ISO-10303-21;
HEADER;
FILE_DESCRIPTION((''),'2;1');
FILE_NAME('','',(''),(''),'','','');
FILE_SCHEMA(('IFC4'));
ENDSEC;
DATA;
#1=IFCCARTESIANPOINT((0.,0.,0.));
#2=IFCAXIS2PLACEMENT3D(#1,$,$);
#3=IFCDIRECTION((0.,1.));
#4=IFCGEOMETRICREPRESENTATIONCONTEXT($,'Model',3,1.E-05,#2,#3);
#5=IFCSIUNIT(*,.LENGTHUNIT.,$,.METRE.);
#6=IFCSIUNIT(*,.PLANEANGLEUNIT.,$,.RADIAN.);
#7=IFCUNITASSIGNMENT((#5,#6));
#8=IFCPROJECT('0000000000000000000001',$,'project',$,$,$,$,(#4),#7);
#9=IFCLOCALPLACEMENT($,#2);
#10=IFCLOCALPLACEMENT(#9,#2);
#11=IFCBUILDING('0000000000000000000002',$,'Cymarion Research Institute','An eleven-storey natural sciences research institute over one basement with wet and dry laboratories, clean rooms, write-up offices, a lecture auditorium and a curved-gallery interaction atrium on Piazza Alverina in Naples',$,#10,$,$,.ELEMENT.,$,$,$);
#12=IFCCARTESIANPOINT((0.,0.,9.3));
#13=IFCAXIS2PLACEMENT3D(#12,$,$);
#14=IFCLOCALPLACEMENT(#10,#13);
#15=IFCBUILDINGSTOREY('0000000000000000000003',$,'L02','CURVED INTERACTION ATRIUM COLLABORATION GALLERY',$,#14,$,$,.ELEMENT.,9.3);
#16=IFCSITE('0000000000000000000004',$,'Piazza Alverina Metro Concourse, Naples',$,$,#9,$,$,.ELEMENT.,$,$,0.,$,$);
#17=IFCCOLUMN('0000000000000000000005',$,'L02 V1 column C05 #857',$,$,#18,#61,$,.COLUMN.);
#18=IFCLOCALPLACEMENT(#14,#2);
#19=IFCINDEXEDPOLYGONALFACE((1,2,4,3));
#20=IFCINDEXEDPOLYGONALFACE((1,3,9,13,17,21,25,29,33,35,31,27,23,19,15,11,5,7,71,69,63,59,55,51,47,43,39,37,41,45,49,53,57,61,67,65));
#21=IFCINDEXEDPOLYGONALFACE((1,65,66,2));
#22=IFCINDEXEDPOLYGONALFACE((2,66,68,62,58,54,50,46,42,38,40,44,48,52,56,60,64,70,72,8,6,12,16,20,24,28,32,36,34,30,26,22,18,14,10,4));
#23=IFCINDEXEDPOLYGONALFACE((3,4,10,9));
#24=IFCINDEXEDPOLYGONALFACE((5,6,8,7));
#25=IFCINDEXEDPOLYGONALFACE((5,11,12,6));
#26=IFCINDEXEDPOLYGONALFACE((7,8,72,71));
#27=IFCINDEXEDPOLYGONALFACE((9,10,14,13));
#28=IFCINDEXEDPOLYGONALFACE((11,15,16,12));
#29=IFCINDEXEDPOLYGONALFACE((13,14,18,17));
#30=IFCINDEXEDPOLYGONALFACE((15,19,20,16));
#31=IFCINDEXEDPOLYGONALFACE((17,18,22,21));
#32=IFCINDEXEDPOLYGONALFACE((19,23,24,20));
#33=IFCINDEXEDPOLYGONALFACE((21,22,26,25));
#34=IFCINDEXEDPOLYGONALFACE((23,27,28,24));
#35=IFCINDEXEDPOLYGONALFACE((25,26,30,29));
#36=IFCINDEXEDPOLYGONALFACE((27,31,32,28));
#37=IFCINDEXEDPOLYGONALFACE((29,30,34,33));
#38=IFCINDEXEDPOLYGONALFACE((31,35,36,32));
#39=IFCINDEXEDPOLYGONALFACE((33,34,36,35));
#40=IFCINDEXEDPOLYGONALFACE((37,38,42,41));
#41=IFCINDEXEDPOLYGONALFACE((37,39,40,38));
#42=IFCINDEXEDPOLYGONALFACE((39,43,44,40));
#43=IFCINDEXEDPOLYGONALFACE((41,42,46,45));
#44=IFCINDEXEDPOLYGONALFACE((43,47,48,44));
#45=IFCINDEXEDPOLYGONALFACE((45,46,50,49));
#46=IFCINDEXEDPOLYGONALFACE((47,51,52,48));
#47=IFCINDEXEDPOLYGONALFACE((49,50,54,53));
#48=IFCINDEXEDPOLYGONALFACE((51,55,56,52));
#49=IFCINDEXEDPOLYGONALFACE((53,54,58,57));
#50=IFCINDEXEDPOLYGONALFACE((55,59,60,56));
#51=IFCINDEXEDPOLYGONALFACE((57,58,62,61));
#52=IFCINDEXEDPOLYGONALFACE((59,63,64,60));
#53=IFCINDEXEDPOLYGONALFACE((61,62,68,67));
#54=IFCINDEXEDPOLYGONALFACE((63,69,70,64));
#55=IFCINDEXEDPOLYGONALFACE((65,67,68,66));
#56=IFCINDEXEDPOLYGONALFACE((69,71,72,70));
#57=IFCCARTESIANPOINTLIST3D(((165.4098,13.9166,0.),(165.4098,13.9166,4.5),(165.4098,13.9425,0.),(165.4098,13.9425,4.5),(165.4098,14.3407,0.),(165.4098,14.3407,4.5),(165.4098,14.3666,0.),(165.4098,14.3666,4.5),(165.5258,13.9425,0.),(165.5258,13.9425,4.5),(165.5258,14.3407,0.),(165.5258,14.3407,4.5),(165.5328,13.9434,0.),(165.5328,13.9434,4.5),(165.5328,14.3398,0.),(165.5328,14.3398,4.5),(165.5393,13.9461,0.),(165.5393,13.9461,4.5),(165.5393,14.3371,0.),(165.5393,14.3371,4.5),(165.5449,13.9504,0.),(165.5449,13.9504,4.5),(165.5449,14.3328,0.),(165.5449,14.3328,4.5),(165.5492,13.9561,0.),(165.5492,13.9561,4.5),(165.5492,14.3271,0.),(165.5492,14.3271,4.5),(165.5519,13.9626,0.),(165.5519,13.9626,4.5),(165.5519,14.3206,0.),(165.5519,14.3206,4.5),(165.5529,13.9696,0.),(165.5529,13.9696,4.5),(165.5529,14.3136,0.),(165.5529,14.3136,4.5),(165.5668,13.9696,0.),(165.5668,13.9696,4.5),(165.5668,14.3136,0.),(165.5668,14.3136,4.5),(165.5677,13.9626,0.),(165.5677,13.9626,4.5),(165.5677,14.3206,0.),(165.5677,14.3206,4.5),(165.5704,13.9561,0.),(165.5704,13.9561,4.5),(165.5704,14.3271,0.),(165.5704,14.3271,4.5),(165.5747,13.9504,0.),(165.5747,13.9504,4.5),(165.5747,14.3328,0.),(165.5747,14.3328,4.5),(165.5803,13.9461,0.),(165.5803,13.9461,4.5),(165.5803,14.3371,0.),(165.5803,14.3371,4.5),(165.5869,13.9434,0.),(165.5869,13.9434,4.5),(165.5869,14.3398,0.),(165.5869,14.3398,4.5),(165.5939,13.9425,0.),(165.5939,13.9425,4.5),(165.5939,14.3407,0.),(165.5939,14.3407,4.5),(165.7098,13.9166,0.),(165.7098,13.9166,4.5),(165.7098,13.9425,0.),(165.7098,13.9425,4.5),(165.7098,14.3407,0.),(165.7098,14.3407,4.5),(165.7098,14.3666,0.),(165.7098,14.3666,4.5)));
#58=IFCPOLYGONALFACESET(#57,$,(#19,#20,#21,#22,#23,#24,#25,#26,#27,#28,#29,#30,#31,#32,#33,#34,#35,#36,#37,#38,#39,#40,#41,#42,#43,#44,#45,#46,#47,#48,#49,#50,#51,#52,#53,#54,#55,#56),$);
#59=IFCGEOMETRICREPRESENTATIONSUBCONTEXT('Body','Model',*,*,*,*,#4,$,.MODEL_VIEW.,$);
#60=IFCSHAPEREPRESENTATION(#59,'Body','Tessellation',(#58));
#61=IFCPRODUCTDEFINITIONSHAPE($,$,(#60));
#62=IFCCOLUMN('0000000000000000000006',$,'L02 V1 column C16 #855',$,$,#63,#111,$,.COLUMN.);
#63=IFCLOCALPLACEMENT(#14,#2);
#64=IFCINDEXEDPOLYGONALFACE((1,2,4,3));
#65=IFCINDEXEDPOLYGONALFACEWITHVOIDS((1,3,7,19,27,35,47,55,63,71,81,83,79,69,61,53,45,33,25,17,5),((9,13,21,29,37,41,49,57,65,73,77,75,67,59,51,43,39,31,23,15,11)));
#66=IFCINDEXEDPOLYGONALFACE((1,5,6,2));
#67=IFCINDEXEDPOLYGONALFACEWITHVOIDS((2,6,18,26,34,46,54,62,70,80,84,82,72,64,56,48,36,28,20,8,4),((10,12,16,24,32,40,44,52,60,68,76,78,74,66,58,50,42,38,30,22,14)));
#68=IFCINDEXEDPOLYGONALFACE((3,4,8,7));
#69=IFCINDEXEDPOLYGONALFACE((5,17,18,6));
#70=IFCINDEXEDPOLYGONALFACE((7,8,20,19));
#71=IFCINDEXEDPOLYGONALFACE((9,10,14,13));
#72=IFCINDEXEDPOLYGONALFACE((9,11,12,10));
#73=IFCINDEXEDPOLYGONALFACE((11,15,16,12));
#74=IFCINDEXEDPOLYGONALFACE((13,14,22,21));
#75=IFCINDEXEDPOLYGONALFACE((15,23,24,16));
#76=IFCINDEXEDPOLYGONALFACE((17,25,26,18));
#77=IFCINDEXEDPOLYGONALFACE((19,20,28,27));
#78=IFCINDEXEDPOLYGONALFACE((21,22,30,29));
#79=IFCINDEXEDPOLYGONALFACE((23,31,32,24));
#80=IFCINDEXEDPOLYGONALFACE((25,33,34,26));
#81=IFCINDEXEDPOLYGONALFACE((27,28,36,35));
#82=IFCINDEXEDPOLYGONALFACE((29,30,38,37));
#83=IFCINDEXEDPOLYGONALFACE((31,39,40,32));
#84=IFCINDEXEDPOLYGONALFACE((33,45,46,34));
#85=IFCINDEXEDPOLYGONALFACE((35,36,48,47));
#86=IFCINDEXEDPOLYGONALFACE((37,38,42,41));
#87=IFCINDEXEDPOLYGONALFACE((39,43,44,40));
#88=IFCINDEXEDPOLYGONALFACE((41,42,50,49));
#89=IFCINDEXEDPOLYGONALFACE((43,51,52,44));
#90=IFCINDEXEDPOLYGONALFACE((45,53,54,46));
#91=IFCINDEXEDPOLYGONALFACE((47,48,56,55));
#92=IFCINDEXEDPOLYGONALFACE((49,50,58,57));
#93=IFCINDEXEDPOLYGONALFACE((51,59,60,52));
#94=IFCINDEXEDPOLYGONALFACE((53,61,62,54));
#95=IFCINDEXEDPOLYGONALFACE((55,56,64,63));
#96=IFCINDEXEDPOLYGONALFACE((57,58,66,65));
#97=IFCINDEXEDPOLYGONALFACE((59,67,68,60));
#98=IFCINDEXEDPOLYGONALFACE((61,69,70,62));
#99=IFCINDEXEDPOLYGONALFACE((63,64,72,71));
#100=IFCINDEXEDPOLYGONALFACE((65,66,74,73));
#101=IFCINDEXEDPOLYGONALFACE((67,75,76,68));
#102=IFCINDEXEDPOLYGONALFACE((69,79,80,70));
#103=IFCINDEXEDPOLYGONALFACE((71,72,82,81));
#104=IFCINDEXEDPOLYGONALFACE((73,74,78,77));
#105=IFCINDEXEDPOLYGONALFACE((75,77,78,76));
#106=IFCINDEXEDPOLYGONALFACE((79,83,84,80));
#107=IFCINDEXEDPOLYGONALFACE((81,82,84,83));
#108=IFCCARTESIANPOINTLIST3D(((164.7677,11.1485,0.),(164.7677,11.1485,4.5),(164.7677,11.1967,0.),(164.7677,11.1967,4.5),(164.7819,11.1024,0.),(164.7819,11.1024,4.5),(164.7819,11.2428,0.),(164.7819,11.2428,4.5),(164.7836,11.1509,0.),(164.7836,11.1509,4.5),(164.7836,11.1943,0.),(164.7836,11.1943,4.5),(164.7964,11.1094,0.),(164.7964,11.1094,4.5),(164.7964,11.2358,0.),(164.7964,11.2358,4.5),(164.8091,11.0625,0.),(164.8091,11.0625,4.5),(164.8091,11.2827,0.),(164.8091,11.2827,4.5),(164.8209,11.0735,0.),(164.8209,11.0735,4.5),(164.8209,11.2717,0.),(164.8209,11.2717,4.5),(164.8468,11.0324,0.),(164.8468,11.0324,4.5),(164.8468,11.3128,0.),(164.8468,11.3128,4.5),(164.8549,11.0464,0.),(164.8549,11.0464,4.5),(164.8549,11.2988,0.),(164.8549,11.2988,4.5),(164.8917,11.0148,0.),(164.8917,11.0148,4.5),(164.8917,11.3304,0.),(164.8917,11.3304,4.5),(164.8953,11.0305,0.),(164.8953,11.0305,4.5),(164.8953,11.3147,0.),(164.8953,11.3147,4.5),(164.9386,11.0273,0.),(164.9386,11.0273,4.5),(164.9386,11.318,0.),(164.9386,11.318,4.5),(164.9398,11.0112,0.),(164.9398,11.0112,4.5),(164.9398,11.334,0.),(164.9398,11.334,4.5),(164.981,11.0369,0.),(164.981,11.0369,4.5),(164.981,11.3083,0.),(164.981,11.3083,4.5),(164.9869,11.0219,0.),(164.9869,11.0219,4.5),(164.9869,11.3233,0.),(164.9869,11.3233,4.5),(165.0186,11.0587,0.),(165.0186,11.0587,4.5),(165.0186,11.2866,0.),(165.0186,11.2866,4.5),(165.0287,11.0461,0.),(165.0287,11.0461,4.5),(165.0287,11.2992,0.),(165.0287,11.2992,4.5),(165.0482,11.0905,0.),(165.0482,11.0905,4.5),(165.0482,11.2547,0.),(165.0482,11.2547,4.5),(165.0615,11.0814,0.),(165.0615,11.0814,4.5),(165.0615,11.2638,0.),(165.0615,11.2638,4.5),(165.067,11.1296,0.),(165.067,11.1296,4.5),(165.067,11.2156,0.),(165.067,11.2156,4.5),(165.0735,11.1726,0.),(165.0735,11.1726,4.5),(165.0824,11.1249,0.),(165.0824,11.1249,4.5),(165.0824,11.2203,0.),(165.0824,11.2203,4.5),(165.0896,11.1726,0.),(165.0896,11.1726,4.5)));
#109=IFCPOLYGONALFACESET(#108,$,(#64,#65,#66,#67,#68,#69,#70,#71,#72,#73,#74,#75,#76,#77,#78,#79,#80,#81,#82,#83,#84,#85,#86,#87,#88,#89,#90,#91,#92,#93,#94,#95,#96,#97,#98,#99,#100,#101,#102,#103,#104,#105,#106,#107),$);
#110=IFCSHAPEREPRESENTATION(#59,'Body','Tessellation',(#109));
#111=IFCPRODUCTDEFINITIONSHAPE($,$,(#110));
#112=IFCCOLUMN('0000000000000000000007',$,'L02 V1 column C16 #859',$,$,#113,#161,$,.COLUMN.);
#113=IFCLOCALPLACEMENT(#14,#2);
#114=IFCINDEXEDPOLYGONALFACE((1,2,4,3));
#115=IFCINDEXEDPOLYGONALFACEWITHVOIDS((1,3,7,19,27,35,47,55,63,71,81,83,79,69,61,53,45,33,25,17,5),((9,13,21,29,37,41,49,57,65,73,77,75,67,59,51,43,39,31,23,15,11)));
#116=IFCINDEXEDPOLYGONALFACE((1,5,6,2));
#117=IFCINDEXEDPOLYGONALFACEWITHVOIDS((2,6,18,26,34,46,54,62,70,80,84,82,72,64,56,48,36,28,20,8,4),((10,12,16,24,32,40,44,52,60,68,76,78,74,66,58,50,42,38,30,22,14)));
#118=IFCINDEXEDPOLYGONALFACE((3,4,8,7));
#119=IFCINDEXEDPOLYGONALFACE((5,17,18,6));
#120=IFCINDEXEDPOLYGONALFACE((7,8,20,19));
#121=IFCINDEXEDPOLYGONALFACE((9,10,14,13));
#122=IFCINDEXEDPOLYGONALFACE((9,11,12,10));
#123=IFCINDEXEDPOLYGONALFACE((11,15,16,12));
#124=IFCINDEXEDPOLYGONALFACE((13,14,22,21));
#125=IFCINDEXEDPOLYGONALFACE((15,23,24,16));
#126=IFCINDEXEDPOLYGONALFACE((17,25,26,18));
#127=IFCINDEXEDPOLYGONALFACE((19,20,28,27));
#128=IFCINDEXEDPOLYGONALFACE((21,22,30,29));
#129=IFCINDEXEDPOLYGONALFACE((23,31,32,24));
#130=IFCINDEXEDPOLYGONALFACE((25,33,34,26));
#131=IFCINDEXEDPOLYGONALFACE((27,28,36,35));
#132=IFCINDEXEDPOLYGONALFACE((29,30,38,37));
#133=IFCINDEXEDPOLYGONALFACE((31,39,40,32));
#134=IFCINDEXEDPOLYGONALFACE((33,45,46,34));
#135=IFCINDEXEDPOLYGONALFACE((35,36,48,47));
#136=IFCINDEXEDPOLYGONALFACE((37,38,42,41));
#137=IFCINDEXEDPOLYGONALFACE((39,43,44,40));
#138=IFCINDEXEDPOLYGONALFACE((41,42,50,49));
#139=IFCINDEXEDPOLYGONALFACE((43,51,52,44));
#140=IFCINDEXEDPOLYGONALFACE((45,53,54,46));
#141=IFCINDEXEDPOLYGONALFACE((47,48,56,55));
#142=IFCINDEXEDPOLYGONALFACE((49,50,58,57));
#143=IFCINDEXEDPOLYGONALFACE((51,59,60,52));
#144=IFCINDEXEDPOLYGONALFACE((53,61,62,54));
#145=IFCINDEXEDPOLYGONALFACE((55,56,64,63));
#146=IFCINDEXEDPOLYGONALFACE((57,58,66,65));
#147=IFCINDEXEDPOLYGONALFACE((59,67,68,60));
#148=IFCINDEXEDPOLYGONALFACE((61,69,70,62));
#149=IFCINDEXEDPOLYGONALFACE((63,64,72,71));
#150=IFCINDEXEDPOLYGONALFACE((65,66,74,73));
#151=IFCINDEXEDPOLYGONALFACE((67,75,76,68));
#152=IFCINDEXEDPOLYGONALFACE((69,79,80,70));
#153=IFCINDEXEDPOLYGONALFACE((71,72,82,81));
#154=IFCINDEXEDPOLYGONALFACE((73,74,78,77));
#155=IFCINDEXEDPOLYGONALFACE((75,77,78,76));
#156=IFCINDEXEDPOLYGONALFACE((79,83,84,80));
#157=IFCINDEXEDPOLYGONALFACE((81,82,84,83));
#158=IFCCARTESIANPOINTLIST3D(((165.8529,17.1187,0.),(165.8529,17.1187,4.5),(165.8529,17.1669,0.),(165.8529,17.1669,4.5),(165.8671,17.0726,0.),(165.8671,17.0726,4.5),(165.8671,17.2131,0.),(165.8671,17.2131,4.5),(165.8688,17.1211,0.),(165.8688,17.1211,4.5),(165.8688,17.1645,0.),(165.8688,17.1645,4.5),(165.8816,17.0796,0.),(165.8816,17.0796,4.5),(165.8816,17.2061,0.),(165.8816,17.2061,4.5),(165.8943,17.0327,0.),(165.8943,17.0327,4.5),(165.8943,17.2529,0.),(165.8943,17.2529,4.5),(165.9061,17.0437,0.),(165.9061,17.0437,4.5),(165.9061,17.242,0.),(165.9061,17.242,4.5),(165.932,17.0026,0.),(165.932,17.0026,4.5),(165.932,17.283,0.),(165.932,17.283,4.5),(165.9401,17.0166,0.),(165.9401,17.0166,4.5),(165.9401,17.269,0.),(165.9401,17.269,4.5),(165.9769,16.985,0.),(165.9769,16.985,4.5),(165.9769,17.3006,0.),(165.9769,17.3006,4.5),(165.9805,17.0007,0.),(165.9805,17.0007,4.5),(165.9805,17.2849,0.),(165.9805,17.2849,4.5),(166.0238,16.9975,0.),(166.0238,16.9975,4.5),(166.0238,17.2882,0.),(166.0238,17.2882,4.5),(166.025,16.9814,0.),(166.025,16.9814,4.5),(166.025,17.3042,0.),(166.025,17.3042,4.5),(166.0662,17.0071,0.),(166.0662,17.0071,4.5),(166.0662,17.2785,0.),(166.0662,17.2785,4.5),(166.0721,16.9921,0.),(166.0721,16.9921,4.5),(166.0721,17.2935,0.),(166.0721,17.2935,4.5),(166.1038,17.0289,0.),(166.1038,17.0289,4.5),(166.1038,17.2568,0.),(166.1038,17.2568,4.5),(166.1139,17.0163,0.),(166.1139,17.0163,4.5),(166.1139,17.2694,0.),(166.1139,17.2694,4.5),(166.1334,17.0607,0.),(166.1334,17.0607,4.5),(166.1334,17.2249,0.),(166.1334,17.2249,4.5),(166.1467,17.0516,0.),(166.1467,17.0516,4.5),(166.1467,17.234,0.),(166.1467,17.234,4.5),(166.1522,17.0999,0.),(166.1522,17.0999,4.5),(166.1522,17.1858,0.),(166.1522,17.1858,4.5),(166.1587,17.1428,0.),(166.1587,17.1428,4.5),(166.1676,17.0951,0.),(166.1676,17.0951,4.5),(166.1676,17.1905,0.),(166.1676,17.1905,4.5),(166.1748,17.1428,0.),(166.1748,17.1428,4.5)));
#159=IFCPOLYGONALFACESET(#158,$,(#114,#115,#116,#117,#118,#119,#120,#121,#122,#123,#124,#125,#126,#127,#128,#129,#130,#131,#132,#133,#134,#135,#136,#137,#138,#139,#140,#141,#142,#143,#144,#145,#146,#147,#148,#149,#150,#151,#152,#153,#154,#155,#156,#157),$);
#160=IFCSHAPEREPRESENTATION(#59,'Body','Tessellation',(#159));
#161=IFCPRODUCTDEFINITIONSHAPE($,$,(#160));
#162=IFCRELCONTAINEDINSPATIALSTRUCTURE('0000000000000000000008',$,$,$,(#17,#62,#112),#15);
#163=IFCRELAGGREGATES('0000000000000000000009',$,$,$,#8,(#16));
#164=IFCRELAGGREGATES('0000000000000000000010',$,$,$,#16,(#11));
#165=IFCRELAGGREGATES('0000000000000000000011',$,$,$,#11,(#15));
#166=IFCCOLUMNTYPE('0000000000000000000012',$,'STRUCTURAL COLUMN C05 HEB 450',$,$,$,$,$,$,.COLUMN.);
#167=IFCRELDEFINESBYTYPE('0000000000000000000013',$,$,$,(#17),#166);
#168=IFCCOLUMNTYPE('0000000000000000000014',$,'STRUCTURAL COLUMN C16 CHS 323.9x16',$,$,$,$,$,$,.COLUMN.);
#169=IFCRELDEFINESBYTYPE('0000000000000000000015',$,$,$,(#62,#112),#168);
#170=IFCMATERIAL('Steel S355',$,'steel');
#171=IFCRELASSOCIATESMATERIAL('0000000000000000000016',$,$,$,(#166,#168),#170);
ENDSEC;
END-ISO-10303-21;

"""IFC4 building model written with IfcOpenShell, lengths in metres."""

from ifc_helpers import new_model, si_unit, direction, frame, origin, origin_2d, place, context, subcontext, project, spatial, hollow_circle, i_section, extrude, material, material_profile, profile_set, type_object, element, save


model = new_model("IFC4")

# Units and contexts
model_context = context("Model", 3, precision=1e-05, world=origin(), true_north=direction((0.0, 1.0)))
body_context = subcontext(model_context, "Body", "Model", "MODEL_VIEW")
ifc_project = project(units=[si_unit("LENGTHUNIT", "METRE"), si_unit("PLANEANGLEUNIT", "RADIAN")], contexts=[model_context])

# Site, building, storey
site_placement = place(None, origin())
site = spatial("IfcSite", under=ifc_project, at=site_placement, Name="Piazza Alverina Metro Concourse, Naples", CompositionType="ELEMENT", RefElevation=0.0)
building_placement = place(site_placement, origin())
building = spatial("IfcBuilding", under=site, at=building_placement, Name="Cymarion Research Institute", Description="An eleven-storey natural sciences research institute over one basement with wet and dry laboratories, clean rooms, write-up offices, a lecture auditorium and a curved-gallery interaction atrium on Piazza Alverina in Naples", CompositionType="ELEMENT")
storey_placement = place(building_placement, frame((0.0, 0.0, 9.3)))
storey = spatial("IfcBuildingStorey", under=building, at=storey_placement, Name="L02", Description="CURVED INTERACTION ATRIUM COLLABORATION GALLERY", CompositionType="ELEMENT", Elevation=9.3)

# Columns
ifc_material_1 = material(Name="Steel S355", Category="steel")
ifc_material_profile_1 = material_profile(ifc_material_1, i_section(OverallWidth=0.3, OverallDepth=0.45, WebThickness=0.0139, FlangeThickness=0.0259, FilletRadius=0.0271, at=origin_2d()), Name="HEB 450")
ifc_profile_set_1 = profile_set([ifc_material_profile_1], Name="Steel S355")
column_type_1 = type_object("IfcColumnType", Name="STRUCTURAL COLUMN C05 HEB 450", PredefinedType="COLUMN", material=ifc_profile_set_1)
column_placement = place(storey_placement, frame((165.5598, 14.1416, 0.0), z_axis=(0.0, 0.0, 1.0), x_axis=(1.0, 0.0, 0.0)))
element("IfcColumn", 1, at=column_placement, inside=storey, type_object=column_type_1, Name="L02 V1 column C05 #857", PredefinedType="COLUMN", context=body_context, shape_type="SweptSolid", body=[
    extrude(i_section(OverallWidth=0.3, OverallDepth=0.45, WebThickness=0.0139, FlangeThickness=0.0259, FilletRadius=0.0271, at=origin_2d()), origin(), (0.0, 0.0, 1.0), 4.5),
])
ifc_material_profile_2 = material_profile(ifc_material_1, hollow_circle(Radius=0.1619, WallThickness=0.0161, at=origin_2d()), Name="CHS 323.9x16")
ifc_profile_set_2 = profile_set([ifc_material_profile_2], Name="Steel S355")
column_type_2 = type_object("IfcColumnType", Name="STRUCTURAL COLUMN C16 CHS 323.9x16", PredefinedType="COLUMN", material=ifc_profile_set_2)
for number, where, z_axis, x_axis, name in (
    (2, (164.9277, 11.1726, 0.0), (0.0, 0.0, 1.0), (1.0, 0.0, 0.0), "L02 V1 column C16 #855"),
    (3, (166.0129, 17.1428, 0.0), (0.0, 0.0, 1.0), (1.0, 0.0, 0.0), "L02 V1 column C16 #859"),
):
    element("IfcColumn", number, at=place(storey_placement, frame(where, z_axis=z_axis, x_axis=x_axis)), inside=storey, type_object=column_type_2, Name=name, PredefinedType="COLUMN", context=body_context, shape_type="SweptSolid", body=[
        extrude(hollow_circle(Radius=0.1619, WallThickness=0.0161, at=origin_2d()), origin(), (0.0, 0.0, 1.0), 4.5),
    ])

save(model, "model.ifc")
